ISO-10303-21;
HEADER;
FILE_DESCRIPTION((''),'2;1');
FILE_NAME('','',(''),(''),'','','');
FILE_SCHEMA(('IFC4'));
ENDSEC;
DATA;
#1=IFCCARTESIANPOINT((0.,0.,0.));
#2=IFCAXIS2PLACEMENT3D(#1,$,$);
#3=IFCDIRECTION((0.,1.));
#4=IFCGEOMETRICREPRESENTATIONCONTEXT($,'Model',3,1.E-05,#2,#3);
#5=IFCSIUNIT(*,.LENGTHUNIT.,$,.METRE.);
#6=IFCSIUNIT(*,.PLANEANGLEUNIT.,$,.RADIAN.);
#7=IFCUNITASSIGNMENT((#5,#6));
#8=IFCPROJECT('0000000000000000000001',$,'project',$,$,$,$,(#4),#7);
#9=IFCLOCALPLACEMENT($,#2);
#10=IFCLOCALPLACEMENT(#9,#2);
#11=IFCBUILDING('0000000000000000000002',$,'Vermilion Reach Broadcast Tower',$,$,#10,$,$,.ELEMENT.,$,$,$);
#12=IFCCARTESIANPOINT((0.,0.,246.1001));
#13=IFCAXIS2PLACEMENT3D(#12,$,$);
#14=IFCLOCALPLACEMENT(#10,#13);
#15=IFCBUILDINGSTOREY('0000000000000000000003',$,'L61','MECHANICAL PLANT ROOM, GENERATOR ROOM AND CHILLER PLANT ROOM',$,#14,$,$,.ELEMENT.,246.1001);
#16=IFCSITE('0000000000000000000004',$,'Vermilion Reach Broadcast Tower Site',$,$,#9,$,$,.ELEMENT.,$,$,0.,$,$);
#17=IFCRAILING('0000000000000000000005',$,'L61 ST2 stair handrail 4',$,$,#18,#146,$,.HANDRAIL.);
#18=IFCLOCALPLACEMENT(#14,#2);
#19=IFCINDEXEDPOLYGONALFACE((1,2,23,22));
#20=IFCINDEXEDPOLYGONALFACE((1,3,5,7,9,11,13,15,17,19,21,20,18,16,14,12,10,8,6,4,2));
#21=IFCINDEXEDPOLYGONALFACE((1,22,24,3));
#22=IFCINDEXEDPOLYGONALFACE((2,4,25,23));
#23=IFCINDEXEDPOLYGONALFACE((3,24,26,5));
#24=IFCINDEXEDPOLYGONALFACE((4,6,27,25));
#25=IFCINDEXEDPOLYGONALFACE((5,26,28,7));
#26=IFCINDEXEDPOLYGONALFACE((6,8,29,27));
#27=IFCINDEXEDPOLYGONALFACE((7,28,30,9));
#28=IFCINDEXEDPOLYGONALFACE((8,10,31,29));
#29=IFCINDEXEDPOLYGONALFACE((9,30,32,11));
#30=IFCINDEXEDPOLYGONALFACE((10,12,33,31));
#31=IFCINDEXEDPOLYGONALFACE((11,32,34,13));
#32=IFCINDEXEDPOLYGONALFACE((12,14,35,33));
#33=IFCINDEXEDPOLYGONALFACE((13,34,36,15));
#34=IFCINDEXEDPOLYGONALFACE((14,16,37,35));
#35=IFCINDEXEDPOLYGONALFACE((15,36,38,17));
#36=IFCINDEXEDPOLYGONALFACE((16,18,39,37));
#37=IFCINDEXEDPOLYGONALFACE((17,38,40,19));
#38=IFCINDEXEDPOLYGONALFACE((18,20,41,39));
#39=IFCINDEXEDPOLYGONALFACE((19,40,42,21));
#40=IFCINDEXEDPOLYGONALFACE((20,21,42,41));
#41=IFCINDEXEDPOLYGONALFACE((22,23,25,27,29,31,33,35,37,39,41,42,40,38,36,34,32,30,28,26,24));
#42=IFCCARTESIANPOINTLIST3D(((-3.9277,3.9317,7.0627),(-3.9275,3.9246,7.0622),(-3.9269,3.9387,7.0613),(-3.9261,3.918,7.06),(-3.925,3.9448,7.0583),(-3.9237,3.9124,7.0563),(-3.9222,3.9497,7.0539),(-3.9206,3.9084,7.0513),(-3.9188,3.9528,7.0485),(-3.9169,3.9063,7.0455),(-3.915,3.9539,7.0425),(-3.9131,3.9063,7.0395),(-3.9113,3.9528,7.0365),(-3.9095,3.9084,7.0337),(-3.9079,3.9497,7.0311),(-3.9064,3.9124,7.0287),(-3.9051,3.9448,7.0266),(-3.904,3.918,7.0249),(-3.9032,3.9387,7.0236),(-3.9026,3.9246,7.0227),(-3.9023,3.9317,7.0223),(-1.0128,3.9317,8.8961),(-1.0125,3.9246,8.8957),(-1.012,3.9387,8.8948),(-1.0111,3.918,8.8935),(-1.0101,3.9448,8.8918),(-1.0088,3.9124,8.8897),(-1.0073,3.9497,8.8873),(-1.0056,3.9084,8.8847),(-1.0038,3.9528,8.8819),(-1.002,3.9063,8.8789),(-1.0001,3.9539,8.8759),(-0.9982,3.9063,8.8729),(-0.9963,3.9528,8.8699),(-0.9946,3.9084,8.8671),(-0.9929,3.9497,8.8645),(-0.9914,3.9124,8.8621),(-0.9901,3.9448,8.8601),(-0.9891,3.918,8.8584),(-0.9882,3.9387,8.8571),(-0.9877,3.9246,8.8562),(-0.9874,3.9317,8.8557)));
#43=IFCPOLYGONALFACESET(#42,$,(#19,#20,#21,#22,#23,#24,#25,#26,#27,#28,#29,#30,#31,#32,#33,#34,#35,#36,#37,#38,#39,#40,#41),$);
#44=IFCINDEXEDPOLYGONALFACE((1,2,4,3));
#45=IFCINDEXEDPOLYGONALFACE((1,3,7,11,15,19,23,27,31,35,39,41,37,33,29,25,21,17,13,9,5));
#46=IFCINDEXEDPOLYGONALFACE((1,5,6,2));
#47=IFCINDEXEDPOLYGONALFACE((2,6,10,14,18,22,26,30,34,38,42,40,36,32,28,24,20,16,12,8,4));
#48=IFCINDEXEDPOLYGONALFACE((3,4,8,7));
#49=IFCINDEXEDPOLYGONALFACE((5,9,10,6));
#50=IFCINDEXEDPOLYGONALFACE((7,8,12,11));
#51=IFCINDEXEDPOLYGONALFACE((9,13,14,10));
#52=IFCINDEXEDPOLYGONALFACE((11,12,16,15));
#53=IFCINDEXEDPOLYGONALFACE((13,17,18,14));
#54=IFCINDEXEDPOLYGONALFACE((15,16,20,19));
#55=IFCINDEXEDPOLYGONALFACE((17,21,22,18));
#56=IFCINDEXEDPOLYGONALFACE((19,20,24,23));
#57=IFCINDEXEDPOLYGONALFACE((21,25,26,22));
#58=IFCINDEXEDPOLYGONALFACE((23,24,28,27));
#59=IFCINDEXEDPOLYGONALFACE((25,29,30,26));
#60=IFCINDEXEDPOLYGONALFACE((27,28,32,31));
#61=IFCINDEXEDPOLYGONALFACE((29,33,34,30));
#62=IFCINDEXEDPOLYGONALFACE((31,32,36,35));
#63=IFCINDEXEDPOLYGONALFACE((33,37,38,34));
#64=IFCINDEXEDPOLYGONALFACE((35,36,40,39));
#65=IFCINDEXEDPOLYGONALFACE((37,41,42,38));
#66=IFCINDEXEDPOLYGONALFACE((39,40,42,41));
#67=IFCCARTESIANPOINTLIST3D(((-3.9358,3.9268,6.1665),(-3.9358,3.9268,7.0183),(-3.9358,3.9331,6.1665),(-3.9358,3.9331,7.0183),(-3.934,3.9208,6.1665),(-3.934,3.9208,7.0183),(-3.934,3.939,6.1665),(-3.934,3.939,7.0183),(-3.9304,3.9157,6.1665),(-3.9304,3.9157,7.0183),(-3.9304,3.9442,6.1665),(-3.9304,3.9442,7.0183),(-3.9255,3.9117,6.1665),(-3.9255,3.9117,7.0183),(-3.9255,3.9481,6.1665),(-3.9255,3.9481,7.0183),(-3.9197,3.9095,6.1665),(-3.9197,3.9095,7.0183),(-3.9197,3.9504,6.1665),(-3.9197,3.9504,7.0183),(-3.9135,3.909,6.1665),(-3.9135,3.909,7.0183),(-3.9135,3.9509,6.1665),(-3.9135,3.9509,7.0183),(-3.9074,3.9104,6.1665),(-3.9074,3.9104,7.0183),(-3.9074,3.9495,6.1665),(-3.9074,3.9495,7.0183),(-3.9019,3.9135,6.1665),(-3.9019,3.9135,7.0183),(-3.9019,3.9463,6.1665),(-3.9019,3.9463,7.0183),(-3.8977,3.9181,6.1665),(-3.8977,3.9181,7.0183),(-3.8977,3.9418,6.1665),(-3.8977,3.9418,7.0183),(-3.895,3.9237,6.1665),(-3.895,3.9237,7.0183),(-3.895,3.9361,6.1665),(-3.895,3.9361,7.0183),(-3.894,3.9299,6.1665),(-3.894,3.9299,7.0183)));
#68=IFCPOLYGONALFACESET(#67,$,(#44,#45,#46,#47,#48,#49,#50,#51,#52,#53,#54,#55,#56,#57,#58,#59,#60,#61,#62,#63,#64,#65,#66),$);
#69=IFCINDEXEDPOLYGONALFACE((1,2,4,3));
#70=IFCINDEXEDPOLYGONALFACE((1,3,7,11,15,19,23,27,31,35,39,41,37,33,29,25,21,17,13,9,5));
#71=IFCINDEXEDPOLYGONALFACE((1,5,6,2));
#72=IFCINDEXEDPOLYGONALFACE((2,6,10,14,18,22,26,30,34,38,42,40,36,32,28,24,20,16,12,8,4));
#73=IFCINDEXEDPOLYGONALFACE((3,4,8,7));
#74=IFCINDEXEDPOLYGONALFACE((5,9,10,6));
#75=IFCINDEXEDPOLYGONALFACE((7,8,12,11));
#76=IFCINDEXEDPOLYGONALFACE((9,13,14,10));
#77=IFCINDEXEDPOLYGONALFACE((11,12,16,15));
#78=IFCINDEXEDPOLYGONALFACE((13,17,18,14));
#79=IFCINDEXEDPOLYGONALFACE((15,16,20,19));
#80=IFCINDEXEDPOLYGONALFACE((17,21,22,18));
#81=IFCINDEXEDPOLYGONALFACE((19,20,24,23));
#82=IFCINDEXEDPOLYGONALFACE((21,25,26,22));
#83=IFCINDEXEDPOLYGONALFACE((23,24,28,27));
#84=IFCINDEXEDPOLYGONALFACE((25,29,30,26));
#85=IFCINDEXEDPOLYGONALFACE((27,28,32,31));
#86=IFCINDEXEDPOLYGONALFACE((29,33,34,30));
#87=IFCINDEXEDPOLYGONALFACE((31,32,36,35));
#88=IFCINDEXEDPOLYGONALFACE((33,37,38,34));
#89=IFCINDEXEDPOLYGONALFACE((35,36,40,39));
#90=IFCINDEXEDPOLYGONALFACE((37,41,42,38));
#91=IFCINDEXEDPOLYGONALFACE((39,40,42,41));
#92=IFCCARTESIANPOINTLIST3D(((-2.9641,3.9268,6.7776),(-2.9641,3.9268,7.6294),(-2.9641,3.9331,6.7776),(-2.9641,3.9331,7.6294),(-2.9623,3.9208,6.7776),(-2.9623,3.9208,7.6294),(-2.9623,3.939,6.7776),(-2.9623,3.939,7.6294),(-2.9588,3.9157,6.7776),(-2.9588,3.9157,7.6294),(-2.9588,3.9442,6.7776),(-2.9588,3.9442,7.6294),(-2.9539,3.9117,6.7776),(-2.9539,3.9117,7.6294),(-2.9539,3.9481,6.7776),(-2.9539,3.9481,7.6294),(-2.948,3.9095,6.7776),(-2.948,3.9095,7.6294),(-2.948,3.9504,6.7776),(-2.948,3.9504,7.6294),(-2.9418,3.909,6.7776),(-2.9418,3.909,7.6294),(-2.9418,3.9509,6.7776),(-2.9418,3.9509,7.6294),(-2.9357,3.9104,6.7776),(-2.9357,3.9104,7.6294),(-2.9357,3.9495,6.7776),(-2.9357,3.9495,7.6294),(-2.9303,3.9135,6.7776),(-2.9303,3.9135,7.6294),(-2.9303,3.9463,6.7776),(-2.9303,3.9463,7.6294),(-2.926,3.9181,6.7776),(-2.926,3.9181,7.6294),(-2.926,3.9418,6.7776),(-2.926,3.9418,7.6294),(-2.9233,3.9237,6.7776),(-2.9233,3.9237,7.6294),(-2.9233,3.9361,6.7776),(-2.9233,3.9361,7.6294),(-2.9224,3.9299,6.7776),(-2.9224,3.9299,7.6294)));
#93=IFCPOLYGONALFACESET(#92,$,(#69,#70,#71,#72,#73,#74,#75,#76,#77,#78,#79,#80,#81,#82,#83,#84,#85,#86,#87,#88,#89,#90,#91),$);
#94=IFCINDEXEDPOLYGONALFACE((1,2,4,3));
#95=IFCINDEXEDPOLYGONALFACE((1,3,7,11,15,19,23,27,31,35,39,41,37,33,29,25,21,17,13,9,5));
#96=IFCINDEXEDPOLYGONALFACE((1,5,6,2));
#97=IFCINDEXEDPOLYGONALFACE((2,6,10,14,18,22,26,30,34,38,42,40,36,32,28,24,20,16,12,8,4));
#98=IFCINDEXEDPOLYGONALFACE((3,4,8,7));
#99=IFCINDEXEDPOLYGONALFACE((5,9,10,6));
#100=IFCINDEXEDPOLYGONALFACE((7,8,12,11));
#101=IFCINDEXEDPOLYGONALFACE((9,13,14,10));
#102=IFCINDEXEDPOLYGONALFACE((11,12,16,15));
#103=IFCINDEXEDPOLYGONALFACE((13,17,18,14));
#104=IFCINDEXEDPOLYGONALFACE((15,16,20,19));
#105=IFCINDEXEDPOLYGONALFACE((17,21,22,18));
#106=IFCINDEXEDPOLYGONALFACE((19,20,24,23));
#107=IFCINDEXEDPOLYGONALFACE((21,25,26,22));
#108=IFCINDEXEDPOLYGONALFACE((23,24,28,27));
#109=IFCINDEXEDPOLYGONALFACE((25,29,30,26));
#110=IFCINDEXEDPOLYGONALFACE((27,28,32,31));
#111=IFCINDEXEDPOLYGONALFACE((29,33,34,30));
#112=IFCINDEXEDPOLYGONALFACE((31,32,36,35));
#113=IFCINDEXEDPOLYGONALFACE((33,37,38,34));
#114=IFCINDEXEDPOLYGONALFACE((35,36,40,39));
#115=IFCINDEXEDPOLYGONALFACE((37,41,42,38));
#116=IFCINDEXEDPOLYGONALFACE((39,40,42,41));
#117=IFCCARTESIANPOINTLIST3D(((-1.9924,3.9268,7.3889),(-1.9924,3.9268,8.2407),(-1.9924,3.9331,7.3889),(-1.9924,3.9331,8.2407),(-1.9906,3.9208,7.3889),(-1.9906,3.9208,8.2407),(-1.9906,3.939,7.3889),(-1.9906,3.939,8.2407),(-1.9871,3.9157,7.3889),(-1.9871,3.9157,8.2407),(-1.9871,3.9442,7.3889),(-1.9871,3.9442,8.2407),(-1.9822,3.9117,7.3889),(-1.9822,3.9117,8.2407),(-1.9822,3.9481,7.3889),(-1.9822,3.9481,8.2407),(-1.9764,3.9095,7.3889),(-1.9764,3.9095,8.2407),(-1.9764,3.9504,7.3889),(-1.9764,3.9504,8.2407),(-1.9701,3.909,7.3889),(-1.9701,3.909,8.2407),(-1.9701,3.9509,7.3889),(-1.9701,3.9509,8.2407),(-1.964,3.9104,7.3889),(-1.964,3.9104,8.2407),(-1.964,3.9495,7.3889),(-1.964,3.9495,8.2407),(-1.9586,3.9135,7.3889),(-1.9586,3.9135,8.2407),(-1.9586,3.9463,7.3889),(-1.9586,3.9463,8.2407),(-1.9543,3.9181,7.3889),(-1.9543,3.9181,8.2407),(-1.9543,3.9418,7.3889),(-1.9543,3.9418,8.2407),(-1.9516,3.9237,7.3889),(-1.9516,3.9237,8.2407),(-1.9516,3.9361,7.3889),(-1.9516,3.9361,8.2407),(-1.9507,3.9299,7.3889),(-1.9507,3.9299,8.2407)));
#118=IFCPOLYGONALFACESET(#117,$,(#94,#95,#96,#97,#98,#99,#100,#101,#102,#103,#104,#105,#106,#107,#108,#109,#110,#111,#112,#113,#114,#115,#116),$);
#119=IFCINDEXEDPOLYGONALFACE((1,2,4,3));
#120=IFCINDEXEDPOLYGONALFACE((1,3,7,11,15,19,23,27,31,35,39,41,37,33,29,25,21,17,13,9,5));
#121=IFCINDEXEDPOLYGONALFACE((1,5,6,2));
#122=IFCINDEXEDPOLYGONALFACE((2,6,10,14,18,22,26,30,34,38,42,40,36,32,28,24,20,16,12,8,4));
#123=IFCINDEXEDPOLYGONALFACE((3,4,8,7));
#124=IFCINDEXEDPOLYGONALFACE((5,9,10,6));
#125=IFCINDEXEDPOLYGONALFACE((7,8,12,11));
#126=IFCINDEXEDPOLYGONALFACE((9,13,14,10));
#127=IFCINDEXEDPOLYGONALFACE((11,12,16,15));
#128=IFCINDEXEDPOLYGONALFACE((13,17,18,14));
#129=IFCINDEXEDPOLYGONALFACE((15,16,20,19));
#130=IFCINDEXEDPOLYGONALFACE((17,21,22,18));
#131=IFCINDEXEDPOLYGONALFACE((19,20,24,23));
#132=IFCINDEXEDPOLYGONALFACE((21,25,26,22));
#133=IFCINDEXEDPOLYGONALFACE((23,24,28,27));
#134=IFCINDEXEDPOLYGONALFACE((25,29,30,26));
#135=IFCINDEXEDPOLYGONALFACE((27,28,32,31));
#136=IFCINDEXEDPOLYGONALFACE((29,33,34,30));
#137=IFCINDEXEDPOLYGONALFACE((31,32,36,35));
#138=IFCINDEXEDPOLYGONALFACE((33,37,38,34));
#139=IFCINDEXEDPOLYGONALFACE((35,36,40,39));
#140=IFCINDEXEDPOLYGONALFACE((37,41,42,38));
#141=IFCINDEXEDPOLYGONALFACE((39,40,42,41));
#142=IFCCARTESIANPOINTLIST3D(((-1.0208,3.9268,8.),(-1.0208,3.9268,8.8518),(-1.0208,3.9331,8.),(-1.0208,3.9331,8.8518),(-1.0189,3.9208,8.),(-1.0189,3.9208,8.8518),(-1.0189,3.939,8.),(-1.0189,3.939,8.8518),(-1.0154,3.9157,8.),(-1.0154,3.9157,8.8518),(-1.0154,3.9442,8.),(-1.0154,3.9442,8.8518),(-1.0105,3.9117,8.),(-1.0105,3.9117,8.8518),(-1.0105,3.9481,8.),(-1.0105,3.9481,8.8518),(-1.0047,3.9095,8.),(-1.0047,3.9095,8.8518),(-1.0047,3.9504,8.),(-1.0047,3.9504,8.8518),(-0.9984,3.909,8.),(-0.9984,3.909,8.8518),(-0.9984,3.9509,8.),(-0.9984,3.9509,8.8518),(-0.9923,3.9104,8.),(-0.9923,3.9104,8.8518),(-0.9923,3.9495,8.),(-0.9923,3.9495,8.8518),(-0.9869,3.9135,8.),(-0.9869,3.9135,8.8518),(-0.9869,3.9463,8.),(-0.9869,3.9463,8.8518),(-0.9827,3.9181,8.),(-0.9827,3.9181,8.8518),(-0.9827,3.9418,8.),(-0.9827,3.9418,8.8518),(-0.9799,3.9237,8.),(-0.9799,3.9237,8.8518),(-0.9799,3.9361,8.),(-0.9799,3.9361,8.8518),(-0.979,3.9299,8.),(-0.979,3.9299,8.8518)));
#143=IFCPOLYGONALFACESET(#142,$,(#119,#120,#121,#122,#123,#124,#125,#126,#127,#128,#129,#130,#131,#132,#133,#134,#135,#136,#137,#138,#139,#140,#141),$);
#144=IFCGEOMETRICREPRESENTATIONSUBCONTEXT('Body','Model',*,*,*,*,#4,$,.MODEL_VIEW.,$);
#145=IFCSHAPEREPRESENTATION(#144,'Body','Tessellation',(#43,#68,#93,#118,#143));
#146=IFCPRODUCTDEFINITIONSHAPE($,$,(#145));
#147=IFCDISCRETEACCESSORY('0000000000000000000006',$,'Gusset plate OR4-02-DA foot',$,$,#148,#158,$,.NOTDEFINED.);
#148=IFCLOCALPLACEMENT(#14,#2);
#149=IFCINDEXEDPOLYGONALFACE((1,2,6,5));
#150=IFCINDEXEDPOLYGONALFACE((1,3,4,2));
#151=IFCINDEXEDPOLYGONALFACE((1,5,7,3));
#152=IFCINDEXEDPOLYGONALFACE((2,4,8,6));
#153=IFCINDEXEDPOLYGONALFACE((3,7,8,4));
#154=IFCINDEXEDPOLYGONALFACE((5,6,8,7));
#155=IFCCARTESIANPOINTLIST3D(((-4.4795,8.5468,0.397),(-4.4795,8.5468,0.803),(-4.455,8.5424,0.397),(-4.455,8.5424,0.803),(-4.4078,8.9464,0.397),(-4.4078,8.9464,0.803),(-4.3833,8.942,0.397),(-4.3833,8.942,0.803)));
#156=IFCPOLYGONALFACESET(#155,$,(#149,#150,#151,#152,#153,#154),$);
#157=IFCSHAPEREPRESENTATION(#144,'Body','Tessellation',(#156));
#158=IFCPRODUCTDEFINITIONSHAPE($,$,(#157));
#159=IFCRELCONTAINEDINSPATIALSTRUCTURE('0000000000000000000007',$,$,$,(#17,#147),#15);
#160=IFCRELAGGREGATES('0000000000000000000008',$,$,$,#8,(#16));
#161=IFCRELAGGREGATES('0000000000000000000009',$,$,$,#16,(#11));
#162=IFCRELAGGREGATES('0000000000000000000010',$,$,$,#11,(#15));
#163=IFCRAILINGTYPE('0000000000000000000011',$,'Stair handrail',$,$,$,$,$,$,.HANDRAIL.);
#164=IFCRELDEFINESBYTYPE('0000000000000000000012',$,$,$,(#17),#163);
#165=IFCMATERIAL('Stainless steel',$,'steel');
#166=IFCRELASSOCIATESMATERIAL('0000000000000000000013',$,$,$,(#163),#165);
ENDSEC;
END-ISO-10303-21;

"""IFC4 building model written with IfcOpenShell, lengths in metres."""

from ifc_helpers import new_model, si_unit, direction, frame, origin, origin_2d, place, context, subcontext, project, spatial, rectangle, circle, extrude, material, type_object, element, save


model = new_model("IFC4")

# Units and contexts
model_context = context("Model", 3, precision=1e-05, world=origin(), true_north=direction((0.0, 1.0)))
body_context = subcontext(model_context, "Body", "Model", "MODEL_VIEW")
ifc_project = project(units=[si_unit("LENGTHUNIT", "METRE"), si_unit("PLANEANGLEUNIT", "RADIAN")], contexts=[model_context])

# Site, building, storey
site_placement = place(None, origin())
site = spatial("IfcSite", under=ifc_project, at=site_placement, Name="Vermilion Reach Broadcast Tower Site", CompositionType="ELEMENT", RefElevation=0.0)
building_placement = place(site_placement, origin())
building = spatial("IfcBuilding", under=site, at=building_placement, Name="Vermilion Reach Broadcast Tower", CompositionType="ELEMENT")
storey_placement = place(building_placement, frame((0.0, 0.0, 246.1001)))
storey = spatial("IfcBuildingStorey", under=building, at=storey_placement, Name="L61", Description="MECHANICAL PLANT ROOM, GENERATOR ROOM AND CHILLER PLANT ROOM", CompositionType="ELEMENT", Elevation=246.1001)

# Railing
ifc_material_1 = material(Name="Stainless steel", Category="steel")
railing_type_1 = type_object("IfcRailingType", Name="Stair handrail", PredefinedType="HANDRAIL", material=ifc_material_1)
railing_1_placement = place(storey_placement, frame((-3.915, 3.9299, 6.1665)))
element("IfcRailing", 1, at=railing_1_placement, inside=storey, type_object=railing_type_1, Name="L61 ST2 stair handrail 4", PredefinedType="HANDRAIL", context=body_context, shape_type="SweptSolid", body=[
    extrude(circle(Radius=0.0239, at=origin_2d()), frame((0.0, 0.0, 0.876), z_axis=(0.846481, 0.0, 0.532418), x_axis=(0.0, 1.0, 0.0)), (0.0, 0.0, 1.0), 3.4436),
    extrude(circle(Radius=0.021, at=origin_2d()), origin(), (0.0, 0.0, 1.0), 0.8518),
    extrude(circle(Radius=0.021, at=origin_2d()), frame((0.9717, 0.0, 0.6111)), (0.0, 0.0, 1.0), 0.8518),
    extrude(circle(Radius=0.021, at=origin_2d()), frame((1.9434, 0.0, 1.2224)), (0.0, 0.0, 1.0), 0.8518),
    extrude(circle(Radius=0.021, at=origin_2d()), frame((2.915, 0.0, 1.8335)), (0.0, 0.0, 1.0), 0.8518),
])

# Discrete accessory
discrete_accessory_placement = place(storey_placement, frame((-4.4314, 8.7444, 0.397), z_axis=(0.0, 0.0, 1.0), x_axis=(-0.984288, 0.176569, 0.0)))
element("IfcDiscreteAccessory", 2, at=discrete_accessory_placement, inside=storey, Name="Gusset plate OR4-02-DA foot", PredefinedType="NOTDEFINED", context=body_context, shape_type="SweptSolid", body=[
    extrude(rectangle(XDim=0.0249, YDim=0.406, at=origin_2d()), origin(), (0.0, 0.0, 1.0), 0.406),
])

save(model, "model.ifc")
